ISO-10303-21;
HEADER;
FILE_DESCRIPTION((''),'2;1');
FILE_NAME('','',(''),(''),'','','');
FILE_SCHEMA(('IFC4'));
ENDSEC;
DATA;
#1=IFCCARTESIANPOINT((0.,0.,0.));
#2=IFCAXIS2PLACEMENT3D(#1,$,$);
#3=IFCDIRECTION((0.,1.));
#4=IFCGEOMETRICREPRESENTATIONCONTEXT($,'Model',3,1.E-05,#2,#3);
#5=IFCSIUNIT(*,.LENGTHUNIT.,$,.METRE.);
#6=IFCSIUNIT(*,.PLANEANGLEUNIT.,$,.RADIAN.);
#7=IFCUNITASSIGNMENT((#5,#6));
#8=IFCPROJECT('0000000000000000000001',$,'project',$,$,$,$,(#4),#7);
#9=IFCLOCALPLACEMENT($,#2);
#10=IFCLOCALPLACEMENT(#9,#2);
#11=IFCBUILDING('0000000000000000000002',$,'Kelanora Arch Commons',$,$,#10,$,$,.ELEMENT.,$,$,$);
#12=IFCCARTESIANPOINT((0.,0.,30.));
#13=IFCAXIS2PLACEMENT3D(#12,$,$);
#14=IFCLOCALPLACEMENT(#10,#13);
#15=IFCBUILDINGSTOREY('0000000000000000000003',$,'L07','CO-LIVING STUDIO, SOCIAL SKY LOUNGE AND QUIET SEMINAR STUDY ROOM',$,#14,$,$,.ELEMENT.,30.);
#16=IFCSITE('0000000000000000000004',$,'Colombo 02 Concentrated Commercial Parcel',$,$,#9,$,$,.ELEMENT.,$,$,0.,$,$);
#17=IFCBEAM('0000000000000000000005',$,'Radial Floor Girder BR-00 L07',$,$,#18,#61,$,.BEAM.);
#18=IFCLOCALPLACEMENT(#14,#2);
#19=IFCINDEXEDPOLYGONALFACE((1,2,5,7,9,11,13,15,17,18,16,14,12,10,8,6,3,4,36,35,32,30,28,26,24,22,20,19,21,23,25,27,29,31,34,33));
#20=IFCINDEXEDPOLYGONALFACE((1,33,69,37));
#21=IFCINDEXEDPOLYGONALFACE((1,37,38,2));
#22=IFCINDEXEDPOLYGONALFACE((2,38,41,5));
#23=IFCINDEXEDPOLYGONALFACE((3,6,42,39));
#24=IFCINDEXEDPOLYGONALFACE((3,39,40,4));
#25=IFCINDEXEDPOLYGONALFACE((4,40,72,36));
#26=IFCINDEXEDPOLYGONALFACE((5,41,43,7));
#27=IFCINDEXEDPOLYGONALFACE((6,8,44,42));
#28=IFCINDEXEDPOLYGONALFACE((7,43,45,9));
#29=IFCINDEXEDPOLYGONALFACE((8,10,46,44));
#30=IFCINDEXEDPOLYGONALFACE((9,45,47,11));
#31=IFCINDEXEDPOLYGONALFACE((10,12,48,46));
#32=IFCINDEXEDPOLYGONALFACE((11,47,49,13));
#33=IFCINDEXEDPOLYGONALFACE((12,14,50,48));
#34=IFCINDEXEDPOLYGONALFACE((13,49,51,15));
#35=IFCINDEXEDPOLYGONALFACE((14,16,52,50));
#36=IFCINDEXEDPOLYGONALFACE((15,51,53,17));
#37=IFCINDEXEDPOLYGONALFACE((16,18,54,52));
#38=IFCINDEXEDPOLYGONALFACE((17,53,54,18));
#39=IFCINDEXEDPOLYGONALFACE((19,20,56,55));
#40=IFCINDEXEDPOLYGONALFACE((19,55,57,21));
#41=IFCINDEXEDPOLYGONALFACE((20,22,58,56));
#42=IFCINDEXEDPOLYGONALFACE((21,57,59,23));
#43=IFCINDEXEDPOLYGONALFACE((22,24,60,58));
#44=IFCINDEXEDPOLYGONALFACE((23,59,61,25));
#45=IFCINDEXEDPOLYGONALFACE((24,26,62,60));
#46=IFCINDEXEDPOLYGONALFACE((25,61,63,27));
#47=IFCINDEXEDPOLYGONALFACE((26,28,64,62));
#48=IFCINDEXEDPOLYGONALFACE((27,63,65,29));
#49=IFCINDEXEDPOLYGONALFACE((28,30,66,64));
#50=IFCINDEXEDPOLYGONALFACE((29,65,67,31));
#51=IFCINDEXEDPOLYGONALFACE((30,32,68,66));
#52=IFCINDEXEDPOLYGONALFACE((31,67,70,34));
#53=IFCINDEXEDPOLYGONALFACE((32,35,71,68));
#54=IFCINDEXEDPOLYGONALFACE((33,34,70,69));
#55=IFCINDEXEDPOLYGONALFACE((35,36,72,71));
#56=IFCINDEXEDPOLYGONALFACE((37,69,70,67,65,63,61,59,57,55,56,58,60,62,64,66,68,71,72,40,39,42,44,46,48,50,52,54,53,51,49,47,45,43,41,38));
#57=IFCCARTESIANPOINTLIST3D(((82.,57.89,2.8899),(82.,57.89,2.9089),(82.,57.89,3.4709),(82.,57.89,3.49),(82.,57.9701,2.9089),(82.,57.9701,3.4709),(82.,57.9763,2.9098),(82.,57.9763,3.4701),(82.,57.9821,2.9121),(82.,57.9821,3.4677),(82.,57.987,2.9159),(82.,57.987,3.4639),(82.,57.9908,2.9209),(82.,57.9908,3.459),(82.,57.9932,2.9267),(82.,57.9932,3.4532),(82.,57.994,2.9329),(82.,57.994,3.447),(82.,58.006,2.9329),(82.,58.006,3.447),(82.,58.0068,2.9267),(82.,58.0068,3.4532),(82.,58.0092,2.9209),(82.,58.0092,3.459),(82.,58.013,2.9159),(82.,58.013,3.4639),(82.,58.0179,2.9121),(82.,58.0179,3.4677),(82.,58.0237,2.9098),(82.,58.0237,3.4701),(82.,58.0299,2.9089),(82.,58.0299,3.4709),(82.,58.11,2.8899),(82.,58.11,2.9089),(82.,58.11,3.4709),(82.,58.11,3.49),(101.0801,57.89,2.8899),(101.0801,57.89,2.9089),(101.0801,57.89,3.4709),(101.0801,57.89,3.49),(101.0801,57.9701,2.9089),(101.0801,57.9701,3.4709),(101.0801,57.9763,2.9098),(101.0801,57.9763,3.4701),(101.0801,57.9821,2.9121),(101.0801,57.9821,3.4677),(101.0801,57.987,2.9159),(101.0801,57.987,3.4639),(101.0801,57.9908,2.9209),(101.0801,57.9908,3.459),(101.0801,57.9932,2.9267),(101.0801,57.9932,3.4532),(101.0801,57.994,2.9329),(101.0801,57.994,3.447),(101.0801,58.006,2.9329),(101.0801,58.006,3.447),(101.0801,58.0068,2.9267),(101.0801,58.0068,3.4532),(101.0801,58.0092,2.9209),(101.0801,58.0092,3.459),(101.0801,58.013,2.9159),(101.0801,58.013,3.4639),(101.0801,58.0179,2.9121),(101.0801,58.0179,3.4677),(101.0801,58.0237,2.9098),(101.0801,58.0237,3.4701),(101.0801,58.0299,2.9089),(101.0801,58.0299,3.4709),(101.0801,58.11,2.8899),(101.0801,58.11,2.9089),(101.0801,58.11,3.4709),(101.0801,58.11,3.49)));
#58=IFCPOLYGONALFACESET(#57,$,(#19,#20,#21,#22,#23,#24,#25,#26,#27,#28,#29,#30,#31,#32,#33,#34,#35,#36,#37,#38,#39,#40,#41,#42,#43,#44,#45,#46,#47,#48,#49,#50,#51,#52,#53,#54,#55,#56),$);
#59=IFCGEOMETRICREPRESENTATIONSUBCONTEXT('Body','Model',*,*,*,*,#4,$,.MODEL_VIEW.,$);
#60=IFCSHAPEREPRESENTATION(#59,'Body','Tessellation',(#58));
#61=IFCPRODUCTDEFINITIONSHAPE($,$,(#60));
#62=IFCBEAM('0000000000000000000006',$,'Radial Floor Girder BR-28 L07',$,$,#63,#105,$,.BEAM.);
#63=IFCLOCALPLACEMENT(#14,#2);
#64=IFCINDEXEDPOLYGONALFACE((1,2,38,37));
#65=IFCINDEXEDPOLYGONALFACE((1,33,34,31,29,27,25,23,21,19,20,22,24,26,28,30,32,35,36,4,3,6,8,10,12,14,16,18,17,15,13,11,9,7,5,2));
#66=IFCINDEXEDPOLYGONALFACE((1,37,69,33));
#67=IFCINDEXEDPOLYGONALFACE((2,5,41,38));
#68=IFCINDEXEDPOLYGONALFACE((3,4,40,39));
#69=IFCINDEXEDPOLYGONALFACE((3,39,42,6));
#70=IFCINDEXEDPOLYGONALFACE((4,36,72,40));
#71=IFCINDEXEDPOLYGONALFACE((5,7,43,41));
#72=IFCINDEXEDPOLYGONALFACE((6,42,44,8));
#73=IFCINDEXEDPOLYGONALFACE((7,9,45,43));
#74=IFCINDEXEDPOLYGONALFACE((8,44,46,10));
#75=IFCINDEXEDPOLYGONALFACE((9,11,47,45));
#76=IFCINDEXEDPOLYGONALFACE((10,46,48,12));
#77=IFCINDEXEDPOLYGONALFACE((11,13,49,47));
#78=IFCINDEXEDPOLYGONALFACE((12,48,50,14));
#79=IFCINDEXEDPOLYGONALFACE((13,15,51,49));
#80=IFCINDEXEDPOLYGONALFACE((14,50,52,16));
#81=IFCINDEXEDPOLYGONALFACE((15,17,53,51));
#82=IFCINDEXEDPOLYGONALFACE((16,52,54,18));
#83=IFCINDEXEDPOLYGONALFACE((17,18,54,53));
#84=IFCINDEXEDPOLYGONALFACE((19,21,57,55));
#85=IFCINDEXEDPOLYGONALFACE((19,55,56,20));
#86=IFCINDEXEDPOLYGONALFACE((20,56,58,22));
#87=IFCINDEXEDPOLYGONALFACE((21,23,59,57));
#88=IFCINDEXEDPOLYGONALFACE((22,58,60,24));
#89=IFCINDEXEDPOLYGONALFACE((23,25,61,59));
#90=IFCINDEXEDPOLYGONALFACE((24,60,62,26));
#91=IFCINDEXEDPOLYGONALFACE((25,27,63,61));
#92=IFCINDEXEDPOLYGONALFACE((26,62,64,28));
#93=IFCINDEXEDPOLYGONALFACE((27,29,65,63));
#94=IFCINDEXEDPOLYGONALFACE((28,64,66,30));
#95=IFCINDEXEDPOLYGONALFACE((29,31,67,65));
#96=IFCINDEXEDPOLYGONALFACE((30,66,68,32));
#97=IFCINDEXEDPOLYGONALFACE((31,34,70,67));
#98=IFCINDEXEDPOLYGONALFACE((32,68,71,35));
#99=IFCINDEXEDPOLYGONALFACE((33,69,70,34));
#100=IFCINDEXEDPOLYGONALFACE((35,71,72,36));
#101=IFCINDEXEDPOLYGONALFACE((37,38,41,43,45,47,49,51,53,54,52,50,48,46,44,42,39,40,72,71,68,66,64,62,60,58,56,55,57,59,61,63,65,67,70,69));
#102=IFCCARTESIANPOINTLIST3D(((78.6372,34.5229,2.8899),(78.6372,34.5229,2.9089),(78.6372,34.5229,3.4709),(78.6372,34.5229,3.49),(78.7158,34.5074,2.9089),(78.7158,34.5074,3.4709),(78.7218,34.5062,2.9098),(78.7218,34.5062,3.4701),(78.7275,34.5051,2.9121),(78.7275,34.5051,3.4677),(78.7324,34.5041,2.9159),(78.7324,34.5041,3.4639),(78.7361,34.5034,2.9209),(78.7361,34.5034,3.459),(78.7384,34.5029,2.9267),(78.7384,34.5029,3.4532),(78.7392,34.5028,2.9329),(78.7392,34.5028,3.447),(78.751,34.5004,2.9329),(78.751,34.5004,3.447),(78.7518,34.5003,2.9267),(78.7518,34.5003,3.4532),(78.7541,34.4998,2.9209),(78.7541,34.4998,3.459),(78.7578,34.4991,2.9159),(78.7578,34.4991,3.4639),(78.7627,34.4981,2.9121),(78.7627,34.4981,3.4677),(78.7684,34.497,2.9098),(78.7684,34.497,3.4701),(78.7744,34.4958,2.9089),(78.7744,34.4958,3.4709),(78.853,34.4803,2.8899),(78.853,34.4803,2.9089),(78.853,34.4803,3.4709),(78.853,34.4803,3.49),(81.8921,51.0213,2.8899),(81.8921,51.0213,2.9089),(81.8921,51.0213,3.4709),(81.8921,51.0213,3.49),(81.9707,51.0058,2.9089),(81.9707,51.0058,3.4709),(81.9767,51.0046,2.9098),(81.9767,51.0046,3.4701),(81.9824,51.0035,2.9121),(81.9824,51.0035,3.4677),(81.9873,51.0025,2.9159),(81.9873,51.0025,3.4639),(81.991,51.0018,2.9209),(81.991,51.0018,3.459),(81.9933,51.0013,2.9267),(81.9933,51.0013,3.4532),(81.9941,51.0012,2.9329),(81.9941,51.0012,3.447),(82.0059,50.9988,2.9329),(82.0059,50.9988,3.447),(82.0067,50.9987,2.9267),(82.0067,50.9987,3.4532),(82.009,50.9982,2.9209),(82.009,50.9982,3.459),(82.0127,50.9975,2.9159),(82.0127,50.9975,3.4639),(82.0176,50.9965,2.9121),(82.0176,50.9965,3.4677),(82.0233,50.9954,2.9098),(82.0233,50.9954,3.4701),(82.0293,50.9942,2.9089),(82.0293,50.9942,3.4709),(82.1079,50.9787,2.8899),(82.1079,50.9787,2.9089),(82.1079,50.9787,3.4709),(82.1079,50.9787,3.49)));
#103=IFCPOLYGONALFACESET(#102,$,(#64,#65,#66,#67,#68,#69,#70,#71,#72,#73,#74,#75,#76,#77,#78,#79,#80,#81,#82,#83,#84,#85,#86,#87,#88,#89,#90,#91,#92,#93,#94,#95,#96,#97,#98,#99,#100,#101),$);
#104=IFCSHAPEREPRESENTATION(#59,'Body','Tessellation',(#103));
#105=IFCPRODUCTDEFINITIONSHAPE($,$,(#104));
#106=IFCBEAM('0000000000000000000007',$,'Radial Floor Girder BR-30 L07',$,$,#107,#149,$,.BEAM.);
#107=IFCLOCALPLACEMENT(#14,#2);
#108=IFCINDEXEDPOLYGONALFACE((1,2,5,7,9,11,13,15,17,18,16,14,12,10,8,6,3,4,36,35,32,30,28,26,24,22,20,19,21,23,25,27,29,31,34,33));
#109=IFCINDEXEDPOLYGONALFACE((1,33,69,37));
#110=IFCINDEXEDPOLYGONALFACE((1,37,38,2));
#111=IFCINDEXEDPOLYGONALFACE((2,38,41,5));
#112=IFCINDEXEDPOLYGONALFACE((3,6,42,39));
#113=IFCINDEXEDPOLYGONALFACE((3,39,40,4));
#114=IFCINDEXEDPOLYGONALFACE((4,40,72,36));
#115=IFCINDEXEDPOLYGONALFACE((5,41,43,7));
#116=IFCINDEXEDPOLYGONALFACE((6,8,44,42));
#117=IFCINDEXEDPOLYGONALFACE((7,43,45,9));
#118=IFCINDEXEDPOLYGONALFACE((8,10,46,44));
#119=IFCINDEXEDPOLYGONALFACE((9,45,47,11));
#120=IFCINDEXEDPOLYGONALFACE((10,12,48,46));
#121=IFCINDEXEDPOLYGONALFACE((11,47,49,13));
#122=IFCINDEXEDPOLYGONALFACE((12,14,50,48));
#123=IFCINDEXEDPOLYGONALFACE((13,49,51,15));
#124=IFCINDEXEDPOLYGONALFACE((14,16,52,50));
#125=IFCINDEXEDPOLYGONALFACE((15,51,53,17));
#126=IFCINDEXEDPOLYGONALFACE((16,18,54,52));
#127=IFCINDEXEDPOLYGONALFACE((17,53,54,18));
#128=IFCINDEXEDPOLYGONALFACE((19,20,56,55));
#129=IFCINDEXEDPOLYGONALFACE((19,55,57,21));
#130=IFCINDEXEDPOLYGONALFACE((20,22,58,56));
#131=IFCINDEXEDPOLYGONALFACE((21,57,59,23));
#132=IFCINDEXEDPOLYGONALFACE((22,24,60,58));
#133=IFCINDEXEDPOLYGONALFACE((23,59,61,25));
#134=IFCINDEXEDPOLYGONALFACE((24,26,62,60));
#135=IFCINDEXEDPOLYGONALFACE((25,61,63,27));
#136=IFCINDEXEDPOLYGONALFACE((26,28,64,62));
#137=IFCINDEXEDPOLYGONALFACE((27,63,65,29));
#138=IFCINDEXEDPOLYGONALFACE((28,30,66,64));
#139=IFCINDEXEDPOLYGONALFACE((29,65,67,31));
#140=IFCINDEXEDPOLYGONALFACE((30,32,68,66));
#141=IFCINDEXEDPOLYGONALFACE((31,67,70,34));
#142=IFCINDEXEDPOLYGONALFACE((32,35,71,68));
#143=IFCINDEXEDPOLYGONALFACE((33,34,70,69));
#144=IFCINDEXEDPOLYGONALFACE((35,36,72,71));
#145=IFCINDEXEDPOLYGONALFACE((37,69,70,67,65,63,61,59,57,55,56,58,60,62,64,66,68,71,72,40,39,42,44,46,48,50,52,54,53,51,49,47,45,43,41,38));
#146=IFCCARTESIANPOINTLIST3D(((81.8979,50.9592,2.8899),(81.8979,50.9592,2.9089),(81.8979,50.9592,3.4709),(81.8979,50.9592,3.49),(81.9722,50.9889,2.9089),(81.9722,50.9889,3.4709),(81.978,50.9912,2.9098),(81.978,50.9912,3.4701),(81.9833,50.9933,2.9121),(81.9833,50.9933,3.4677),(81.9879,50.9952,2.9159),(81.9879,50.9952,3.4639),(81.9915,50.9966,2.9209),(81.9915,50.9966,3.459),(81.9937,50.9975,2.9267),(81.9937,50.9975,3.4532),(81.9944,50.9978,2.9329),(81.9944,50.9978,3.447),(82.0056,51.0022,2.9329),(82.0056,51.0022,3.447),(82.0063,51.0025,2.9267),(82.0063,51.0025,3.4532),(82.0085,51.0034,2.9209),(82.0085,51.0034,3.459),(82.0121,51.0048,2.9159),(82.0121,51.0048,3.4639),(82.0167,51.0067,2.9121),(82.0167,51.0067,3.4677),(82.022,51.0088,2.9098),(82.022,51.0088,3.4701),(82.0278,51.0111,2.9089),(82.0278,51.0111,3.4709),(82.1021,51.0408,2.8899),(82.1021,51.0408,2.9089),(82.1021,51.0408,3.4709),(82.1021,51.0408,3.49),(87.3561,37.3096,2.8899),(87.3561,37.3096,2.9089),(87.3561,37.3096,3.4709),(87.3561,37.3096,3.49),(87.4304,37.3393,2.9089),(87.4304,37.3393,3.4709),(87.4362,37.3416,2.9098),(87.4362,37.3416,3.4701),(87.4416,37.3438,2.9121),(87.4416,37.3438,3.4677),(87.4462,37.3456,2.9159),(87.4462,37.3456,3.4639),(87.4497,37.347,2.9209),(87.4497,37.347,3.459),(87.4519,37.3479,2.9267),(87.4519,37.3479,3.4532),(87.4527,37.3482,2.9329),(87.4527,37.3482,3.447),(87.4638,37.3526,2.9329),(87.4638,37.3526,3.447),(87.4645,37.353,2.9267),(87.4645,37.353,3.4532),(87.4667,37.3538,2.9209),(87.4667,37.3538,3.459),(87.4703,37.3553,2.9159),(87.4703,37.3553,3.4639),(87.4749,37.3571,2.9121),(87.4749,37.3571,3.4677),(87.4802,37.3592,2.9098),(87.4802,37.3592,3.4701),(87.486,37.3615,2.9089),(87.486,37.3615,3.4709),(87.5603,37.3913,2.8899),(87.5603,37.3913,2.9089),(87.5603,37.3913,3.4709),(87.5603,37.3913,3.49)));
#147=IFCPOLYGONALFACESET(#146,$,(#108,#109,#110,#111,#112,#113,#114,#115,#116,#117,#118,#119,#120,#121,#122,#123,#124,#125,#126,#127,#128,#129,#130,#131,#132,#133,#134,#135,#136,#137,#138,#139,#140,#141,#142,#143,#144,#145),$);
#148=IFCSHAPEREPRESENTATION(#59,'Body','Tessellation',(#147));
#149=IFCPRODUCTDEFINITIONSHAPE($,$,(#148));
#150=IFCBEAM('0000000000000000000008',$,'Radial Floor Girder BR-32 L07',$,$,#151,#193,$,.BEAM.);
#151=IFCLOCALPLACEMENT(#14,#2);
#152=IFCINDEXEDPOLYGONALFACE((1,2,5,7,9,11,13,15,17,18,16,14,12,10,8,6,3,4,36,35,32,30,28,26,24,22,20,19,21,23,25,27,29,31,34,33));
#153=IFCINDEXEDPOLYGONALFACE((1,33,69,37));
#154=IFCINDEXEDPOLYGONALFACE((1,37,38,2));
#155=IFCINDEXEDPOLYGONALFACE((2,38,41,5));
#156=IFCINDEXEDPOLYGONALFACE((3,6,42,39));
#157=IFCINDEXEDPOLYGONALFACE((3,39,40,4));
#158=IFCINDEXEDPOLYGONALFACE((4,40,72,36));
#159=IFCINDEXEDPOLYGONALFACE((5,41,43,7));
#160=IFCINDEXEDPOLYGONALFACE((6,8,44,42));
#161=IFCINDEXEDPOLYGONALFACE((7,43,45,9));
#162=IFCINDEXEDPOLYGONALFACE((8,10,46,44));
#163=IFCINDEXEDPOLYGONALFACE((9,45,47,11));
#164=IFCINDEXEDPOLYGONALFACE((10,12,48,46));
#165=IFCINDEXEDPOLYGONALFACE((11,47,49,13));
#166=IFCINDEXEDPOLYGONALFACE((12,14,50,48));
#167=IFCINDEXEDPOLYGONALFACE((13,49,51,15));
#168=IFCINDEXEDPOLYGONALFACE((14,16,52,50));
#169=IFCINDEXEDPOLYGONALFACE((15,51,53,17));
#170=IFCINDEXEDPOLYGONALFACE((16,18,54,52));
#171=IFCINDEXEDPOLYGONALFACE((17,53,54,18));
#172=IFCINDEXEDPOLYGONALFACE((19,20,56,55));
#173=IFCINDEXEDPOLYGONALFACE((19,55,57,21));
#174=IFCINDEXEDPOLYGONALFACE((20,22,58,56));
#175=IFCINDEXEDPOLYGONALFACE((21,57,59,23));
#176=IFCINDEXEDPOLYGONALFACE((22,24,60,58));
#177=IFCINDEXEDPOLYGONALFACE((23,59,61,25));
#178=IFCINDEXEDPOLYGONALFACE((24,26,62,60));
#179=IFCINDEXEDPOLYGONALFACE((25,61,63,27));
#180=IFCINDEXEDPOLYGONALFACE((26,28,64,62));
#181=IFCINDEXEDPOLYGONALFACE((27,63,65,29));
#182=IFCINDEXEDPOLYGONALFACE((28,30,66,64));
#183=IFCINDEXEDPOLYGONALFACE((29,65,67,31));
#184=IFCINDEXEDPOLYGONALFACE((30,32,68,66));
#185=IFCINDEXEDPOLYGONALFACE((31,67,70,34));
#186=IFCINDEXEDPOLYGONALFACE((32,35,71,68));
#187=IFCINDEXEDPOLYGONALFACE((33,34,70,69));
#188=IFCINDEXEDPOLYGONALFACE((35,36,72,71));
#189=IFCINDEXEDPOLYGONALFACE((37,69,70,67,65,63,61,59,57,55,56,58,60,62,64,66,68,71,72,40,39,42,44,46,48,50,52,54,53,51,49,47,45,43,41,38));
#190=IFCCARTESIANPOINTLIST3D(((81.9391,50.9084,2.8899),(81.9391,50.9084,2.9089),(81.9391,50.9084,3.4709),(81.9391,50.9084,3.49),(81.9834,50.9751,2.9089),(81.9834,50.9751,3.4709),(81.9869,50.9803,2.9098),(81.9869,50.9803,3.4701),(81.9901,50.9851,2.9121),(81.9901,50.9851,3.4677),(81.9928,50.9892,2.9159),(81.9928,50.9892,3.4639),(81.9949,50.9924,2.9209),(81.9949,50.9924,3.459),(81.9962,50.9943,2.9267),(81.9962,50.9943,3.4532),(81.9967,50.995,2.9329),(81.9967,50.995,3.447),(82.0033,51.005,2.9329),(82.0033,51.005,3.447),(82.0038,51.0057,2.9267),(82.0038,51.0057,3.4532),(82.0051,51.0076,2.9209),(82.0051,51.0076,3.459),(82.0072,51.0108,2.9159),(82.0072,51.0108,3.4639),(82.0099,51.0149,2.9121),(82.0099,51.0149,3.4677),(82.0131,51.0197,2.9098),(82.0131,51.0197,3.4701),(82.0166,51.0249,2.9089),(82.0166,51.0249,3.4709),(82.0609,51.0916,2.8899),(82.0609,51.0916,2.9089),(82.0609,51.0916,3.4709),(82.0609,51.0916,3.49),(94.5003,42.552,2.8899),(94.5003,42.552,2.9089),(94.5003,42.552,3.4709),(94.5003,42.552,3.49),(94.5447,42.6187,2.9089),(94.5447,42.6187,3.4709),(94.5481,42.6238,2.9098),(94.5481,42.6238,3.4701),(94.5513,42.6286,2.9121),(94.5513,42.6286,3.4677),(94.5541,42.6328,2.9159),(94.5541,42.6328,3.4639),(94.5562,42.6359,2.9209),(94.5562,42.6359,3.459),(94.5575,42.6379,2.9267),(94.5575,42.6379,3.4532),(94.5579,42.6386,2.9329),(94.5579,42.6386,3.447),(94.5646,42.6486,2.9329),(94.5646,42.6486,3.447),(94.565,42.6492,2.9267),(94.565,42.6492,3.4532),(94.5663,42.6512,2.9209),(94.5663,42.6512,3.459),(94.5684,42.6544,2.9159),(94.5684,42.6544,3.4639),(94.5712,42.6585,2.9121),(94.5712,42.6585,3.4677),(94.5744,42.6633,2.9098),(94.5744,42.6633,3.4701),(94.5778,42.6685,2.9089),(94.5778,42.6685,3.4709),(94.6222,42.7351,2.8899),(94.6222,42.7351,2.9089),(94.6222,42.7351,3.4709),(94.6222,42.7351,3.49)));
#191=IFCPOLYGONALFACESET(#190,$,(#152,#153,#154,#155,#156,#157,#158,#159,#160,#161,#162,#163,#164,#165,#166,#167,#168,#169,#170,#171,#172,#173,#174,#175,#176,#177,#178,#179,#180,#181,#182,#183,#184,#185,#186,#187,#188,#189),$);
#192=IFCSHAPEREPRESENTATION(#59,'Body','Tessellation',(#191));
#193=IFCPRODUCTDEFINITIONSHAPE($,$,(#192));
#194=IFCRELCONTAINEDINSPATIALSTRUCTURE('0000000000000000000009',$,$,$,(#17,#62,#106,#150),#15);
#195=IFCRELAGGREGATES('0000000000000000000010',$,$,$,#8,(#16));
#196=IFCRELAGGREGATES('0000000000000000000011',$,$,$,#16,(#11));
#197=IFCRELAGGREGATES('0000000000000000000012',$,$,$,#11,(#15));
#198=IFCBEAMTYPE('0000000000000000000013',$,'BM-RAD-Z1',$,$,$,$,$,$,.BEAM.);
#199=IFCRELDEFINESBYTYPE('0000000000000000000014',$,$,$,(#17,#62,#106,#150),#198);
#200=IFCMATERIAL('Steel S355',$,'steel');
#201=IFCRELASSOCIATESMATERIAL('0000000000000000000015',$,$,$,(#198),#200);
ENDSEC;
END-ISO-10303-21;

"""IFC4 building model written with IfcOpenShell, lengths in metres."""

from ifc_helpers import new_model, si_unit, direction, frame, origin, origin_2d, place, context, subcontext, project, spatial, i_section, extrude, material, material_profile, profile_set, type_object, element, save


model = new_model("IFC4")

# Units and contexts
model_context = context("Model", 3, precision=1e-05, world=origin(), true_north=direction((0.0, 1.0)))
body_context = subcontext(model_context, "Body", "Model", "MODEL_VIEW")
ifc_project = project(units=[si_unit("LENGTHUNIT", "METRE"), si_unit("PLANEANGLEUNIT", "RADIAN")], contexts=[model_context])

# Site, building, storey
site_placement = place(None, origin())
site = spatial("IfcSite", under=ifc_project, at=site_placement, Name="Colombo 02 Concentrated Commercial Parcel", CompositionType="ELEMENT", RefElevation=0.0)
building_placement = place(site_placement, origin())
building = spatial("IfcBuilding", under=site, at=building_placement, Name="Kelanora Arch Commons", CompositionType="ELEMENT")
storey_placement = place(building_placement, frame((0.0, 0.0, 30.0)))
storey = spatial("IfcBuildingStorey", under=building, at=storey_placement, Name="L07", Description="CO-LIVING STUDIO, SOCIAL SKY LOUNGE AND QUIET SEMINAR STUDY ROOM", CompositionType="ELEMENT", Elevation=30.0)

# Beams
ifc_material_1 = material(Name="Steel S355", Category="steel")
ifc_material_profile_1 = material_profile(ifc_material_1, i_section(OverallWidth=0.22, OverallDepth=0.6001, WebThickness=0.012, FlangeThickness=0.019, FilletRadius=0.0239, at=origin_2d()), Name="IPE600")
ifc_profile_set_1 = profile_set([ifc_material_profile_1], Name="Steel S355")
beam_type_1 = type_object("IfcBeamType", Name="BM-RAD-Z1", PredefinedType="BEAM", material=ifc_profile_set_1)
beam_1_placement = place(storey_placement, frame((82.0, 58.0, 3.1899), z_axis=(1.0, 0.0, 0.0), x_axis=(0.0, 1.0, 0.0)))
element("IfcBeam", 1, at=beam_1_placement, inside=storey, type_object=beam_type_1, Name="Radial Floor Girder BR-00 L07", PredefinedType="BEAM", context=body_context, shape_type="SweptSolid", body=[
    extrude(i_section(OverallWidth=0.22, OverallDepth=0.6001, WebThickness=0.012, FlangeThickness=0.019, FilletRadius=0.0239, at=origin_2d()), origin(), (0.0, 0.0, 1.0), 19.0801),
])
beam_2_placement = place(storey_placement, frame((82.0, 51.0, 3.1899), z_axis=(-0.193555, -0.981089, 0.0), x_axis=(0.981089, -0.193555, 0.0)))
element("IfcBeam", 2, at=beam_2_placement, inside=storey, type_object=beam_type_1, Name="Radial Floor Girder BR-28 L07", PredefinedType="BEAM", context=body_context, shape_type="SweptSolid", body=[
    extrude(i_section(OverallWidth=0.22, OverallDepth=0.6001, WebThickness=0.012, FlangeThickness=0.019, FilletRadius=0.0239, at=origin_2d()), origin(), (0.0, 0.0, 1.0), 16.8164),
])
beam_3_placement = place(storey_placement, frame((82.0, 51.0, 3.1899), z_axis=(0.371296, -0.928514, 0.0), x_axis=(0.928514, 0.371296, 0.0)))
element("IfcBeam", 3, at=beam_3_placement, inside=storey, type_object=beam_type_1, Name="Radial Floor Girder BR-30 L07", PredefinedType="BEAM", context=body_context, shape_type="SweptSolid", body=[
    extrude(i_section(OverallWidth=0.22, OverallDepth=0.6001, WebThickness=0.012, FlangeThickness=0.019, FilletRadius=0.0239, at=origin_2d()), origin(), (0.0, 0.0, 1.0), 14.7004),
])
beam_4_placement = place(storey_placement, frame((82.0, 51.0, 3.1899), z_axis=(0.832593, -0.553886, 0.0), x_axis=(0.553886, 0.832593, 0.0)))
element("IfcBeam", 4, at=beam_4_placement, inside=storey, type_object=beam_type_1, Name="Radial Floor Girder BR-32 L07", PredefinedType="BEAM", context=body_context, shape_type="SweptSolid", body=[
    extrude(i_section(OverallWidth=0.22, OverallDepth=0.6001, WebThickness=0.012, FlangeThickness=0.019, FilletRadius=0.0239, at=origin_2d()), origin(), (0.0, 0.0, 1.0), 15.0869),
])

save(model, "model.ifc")
